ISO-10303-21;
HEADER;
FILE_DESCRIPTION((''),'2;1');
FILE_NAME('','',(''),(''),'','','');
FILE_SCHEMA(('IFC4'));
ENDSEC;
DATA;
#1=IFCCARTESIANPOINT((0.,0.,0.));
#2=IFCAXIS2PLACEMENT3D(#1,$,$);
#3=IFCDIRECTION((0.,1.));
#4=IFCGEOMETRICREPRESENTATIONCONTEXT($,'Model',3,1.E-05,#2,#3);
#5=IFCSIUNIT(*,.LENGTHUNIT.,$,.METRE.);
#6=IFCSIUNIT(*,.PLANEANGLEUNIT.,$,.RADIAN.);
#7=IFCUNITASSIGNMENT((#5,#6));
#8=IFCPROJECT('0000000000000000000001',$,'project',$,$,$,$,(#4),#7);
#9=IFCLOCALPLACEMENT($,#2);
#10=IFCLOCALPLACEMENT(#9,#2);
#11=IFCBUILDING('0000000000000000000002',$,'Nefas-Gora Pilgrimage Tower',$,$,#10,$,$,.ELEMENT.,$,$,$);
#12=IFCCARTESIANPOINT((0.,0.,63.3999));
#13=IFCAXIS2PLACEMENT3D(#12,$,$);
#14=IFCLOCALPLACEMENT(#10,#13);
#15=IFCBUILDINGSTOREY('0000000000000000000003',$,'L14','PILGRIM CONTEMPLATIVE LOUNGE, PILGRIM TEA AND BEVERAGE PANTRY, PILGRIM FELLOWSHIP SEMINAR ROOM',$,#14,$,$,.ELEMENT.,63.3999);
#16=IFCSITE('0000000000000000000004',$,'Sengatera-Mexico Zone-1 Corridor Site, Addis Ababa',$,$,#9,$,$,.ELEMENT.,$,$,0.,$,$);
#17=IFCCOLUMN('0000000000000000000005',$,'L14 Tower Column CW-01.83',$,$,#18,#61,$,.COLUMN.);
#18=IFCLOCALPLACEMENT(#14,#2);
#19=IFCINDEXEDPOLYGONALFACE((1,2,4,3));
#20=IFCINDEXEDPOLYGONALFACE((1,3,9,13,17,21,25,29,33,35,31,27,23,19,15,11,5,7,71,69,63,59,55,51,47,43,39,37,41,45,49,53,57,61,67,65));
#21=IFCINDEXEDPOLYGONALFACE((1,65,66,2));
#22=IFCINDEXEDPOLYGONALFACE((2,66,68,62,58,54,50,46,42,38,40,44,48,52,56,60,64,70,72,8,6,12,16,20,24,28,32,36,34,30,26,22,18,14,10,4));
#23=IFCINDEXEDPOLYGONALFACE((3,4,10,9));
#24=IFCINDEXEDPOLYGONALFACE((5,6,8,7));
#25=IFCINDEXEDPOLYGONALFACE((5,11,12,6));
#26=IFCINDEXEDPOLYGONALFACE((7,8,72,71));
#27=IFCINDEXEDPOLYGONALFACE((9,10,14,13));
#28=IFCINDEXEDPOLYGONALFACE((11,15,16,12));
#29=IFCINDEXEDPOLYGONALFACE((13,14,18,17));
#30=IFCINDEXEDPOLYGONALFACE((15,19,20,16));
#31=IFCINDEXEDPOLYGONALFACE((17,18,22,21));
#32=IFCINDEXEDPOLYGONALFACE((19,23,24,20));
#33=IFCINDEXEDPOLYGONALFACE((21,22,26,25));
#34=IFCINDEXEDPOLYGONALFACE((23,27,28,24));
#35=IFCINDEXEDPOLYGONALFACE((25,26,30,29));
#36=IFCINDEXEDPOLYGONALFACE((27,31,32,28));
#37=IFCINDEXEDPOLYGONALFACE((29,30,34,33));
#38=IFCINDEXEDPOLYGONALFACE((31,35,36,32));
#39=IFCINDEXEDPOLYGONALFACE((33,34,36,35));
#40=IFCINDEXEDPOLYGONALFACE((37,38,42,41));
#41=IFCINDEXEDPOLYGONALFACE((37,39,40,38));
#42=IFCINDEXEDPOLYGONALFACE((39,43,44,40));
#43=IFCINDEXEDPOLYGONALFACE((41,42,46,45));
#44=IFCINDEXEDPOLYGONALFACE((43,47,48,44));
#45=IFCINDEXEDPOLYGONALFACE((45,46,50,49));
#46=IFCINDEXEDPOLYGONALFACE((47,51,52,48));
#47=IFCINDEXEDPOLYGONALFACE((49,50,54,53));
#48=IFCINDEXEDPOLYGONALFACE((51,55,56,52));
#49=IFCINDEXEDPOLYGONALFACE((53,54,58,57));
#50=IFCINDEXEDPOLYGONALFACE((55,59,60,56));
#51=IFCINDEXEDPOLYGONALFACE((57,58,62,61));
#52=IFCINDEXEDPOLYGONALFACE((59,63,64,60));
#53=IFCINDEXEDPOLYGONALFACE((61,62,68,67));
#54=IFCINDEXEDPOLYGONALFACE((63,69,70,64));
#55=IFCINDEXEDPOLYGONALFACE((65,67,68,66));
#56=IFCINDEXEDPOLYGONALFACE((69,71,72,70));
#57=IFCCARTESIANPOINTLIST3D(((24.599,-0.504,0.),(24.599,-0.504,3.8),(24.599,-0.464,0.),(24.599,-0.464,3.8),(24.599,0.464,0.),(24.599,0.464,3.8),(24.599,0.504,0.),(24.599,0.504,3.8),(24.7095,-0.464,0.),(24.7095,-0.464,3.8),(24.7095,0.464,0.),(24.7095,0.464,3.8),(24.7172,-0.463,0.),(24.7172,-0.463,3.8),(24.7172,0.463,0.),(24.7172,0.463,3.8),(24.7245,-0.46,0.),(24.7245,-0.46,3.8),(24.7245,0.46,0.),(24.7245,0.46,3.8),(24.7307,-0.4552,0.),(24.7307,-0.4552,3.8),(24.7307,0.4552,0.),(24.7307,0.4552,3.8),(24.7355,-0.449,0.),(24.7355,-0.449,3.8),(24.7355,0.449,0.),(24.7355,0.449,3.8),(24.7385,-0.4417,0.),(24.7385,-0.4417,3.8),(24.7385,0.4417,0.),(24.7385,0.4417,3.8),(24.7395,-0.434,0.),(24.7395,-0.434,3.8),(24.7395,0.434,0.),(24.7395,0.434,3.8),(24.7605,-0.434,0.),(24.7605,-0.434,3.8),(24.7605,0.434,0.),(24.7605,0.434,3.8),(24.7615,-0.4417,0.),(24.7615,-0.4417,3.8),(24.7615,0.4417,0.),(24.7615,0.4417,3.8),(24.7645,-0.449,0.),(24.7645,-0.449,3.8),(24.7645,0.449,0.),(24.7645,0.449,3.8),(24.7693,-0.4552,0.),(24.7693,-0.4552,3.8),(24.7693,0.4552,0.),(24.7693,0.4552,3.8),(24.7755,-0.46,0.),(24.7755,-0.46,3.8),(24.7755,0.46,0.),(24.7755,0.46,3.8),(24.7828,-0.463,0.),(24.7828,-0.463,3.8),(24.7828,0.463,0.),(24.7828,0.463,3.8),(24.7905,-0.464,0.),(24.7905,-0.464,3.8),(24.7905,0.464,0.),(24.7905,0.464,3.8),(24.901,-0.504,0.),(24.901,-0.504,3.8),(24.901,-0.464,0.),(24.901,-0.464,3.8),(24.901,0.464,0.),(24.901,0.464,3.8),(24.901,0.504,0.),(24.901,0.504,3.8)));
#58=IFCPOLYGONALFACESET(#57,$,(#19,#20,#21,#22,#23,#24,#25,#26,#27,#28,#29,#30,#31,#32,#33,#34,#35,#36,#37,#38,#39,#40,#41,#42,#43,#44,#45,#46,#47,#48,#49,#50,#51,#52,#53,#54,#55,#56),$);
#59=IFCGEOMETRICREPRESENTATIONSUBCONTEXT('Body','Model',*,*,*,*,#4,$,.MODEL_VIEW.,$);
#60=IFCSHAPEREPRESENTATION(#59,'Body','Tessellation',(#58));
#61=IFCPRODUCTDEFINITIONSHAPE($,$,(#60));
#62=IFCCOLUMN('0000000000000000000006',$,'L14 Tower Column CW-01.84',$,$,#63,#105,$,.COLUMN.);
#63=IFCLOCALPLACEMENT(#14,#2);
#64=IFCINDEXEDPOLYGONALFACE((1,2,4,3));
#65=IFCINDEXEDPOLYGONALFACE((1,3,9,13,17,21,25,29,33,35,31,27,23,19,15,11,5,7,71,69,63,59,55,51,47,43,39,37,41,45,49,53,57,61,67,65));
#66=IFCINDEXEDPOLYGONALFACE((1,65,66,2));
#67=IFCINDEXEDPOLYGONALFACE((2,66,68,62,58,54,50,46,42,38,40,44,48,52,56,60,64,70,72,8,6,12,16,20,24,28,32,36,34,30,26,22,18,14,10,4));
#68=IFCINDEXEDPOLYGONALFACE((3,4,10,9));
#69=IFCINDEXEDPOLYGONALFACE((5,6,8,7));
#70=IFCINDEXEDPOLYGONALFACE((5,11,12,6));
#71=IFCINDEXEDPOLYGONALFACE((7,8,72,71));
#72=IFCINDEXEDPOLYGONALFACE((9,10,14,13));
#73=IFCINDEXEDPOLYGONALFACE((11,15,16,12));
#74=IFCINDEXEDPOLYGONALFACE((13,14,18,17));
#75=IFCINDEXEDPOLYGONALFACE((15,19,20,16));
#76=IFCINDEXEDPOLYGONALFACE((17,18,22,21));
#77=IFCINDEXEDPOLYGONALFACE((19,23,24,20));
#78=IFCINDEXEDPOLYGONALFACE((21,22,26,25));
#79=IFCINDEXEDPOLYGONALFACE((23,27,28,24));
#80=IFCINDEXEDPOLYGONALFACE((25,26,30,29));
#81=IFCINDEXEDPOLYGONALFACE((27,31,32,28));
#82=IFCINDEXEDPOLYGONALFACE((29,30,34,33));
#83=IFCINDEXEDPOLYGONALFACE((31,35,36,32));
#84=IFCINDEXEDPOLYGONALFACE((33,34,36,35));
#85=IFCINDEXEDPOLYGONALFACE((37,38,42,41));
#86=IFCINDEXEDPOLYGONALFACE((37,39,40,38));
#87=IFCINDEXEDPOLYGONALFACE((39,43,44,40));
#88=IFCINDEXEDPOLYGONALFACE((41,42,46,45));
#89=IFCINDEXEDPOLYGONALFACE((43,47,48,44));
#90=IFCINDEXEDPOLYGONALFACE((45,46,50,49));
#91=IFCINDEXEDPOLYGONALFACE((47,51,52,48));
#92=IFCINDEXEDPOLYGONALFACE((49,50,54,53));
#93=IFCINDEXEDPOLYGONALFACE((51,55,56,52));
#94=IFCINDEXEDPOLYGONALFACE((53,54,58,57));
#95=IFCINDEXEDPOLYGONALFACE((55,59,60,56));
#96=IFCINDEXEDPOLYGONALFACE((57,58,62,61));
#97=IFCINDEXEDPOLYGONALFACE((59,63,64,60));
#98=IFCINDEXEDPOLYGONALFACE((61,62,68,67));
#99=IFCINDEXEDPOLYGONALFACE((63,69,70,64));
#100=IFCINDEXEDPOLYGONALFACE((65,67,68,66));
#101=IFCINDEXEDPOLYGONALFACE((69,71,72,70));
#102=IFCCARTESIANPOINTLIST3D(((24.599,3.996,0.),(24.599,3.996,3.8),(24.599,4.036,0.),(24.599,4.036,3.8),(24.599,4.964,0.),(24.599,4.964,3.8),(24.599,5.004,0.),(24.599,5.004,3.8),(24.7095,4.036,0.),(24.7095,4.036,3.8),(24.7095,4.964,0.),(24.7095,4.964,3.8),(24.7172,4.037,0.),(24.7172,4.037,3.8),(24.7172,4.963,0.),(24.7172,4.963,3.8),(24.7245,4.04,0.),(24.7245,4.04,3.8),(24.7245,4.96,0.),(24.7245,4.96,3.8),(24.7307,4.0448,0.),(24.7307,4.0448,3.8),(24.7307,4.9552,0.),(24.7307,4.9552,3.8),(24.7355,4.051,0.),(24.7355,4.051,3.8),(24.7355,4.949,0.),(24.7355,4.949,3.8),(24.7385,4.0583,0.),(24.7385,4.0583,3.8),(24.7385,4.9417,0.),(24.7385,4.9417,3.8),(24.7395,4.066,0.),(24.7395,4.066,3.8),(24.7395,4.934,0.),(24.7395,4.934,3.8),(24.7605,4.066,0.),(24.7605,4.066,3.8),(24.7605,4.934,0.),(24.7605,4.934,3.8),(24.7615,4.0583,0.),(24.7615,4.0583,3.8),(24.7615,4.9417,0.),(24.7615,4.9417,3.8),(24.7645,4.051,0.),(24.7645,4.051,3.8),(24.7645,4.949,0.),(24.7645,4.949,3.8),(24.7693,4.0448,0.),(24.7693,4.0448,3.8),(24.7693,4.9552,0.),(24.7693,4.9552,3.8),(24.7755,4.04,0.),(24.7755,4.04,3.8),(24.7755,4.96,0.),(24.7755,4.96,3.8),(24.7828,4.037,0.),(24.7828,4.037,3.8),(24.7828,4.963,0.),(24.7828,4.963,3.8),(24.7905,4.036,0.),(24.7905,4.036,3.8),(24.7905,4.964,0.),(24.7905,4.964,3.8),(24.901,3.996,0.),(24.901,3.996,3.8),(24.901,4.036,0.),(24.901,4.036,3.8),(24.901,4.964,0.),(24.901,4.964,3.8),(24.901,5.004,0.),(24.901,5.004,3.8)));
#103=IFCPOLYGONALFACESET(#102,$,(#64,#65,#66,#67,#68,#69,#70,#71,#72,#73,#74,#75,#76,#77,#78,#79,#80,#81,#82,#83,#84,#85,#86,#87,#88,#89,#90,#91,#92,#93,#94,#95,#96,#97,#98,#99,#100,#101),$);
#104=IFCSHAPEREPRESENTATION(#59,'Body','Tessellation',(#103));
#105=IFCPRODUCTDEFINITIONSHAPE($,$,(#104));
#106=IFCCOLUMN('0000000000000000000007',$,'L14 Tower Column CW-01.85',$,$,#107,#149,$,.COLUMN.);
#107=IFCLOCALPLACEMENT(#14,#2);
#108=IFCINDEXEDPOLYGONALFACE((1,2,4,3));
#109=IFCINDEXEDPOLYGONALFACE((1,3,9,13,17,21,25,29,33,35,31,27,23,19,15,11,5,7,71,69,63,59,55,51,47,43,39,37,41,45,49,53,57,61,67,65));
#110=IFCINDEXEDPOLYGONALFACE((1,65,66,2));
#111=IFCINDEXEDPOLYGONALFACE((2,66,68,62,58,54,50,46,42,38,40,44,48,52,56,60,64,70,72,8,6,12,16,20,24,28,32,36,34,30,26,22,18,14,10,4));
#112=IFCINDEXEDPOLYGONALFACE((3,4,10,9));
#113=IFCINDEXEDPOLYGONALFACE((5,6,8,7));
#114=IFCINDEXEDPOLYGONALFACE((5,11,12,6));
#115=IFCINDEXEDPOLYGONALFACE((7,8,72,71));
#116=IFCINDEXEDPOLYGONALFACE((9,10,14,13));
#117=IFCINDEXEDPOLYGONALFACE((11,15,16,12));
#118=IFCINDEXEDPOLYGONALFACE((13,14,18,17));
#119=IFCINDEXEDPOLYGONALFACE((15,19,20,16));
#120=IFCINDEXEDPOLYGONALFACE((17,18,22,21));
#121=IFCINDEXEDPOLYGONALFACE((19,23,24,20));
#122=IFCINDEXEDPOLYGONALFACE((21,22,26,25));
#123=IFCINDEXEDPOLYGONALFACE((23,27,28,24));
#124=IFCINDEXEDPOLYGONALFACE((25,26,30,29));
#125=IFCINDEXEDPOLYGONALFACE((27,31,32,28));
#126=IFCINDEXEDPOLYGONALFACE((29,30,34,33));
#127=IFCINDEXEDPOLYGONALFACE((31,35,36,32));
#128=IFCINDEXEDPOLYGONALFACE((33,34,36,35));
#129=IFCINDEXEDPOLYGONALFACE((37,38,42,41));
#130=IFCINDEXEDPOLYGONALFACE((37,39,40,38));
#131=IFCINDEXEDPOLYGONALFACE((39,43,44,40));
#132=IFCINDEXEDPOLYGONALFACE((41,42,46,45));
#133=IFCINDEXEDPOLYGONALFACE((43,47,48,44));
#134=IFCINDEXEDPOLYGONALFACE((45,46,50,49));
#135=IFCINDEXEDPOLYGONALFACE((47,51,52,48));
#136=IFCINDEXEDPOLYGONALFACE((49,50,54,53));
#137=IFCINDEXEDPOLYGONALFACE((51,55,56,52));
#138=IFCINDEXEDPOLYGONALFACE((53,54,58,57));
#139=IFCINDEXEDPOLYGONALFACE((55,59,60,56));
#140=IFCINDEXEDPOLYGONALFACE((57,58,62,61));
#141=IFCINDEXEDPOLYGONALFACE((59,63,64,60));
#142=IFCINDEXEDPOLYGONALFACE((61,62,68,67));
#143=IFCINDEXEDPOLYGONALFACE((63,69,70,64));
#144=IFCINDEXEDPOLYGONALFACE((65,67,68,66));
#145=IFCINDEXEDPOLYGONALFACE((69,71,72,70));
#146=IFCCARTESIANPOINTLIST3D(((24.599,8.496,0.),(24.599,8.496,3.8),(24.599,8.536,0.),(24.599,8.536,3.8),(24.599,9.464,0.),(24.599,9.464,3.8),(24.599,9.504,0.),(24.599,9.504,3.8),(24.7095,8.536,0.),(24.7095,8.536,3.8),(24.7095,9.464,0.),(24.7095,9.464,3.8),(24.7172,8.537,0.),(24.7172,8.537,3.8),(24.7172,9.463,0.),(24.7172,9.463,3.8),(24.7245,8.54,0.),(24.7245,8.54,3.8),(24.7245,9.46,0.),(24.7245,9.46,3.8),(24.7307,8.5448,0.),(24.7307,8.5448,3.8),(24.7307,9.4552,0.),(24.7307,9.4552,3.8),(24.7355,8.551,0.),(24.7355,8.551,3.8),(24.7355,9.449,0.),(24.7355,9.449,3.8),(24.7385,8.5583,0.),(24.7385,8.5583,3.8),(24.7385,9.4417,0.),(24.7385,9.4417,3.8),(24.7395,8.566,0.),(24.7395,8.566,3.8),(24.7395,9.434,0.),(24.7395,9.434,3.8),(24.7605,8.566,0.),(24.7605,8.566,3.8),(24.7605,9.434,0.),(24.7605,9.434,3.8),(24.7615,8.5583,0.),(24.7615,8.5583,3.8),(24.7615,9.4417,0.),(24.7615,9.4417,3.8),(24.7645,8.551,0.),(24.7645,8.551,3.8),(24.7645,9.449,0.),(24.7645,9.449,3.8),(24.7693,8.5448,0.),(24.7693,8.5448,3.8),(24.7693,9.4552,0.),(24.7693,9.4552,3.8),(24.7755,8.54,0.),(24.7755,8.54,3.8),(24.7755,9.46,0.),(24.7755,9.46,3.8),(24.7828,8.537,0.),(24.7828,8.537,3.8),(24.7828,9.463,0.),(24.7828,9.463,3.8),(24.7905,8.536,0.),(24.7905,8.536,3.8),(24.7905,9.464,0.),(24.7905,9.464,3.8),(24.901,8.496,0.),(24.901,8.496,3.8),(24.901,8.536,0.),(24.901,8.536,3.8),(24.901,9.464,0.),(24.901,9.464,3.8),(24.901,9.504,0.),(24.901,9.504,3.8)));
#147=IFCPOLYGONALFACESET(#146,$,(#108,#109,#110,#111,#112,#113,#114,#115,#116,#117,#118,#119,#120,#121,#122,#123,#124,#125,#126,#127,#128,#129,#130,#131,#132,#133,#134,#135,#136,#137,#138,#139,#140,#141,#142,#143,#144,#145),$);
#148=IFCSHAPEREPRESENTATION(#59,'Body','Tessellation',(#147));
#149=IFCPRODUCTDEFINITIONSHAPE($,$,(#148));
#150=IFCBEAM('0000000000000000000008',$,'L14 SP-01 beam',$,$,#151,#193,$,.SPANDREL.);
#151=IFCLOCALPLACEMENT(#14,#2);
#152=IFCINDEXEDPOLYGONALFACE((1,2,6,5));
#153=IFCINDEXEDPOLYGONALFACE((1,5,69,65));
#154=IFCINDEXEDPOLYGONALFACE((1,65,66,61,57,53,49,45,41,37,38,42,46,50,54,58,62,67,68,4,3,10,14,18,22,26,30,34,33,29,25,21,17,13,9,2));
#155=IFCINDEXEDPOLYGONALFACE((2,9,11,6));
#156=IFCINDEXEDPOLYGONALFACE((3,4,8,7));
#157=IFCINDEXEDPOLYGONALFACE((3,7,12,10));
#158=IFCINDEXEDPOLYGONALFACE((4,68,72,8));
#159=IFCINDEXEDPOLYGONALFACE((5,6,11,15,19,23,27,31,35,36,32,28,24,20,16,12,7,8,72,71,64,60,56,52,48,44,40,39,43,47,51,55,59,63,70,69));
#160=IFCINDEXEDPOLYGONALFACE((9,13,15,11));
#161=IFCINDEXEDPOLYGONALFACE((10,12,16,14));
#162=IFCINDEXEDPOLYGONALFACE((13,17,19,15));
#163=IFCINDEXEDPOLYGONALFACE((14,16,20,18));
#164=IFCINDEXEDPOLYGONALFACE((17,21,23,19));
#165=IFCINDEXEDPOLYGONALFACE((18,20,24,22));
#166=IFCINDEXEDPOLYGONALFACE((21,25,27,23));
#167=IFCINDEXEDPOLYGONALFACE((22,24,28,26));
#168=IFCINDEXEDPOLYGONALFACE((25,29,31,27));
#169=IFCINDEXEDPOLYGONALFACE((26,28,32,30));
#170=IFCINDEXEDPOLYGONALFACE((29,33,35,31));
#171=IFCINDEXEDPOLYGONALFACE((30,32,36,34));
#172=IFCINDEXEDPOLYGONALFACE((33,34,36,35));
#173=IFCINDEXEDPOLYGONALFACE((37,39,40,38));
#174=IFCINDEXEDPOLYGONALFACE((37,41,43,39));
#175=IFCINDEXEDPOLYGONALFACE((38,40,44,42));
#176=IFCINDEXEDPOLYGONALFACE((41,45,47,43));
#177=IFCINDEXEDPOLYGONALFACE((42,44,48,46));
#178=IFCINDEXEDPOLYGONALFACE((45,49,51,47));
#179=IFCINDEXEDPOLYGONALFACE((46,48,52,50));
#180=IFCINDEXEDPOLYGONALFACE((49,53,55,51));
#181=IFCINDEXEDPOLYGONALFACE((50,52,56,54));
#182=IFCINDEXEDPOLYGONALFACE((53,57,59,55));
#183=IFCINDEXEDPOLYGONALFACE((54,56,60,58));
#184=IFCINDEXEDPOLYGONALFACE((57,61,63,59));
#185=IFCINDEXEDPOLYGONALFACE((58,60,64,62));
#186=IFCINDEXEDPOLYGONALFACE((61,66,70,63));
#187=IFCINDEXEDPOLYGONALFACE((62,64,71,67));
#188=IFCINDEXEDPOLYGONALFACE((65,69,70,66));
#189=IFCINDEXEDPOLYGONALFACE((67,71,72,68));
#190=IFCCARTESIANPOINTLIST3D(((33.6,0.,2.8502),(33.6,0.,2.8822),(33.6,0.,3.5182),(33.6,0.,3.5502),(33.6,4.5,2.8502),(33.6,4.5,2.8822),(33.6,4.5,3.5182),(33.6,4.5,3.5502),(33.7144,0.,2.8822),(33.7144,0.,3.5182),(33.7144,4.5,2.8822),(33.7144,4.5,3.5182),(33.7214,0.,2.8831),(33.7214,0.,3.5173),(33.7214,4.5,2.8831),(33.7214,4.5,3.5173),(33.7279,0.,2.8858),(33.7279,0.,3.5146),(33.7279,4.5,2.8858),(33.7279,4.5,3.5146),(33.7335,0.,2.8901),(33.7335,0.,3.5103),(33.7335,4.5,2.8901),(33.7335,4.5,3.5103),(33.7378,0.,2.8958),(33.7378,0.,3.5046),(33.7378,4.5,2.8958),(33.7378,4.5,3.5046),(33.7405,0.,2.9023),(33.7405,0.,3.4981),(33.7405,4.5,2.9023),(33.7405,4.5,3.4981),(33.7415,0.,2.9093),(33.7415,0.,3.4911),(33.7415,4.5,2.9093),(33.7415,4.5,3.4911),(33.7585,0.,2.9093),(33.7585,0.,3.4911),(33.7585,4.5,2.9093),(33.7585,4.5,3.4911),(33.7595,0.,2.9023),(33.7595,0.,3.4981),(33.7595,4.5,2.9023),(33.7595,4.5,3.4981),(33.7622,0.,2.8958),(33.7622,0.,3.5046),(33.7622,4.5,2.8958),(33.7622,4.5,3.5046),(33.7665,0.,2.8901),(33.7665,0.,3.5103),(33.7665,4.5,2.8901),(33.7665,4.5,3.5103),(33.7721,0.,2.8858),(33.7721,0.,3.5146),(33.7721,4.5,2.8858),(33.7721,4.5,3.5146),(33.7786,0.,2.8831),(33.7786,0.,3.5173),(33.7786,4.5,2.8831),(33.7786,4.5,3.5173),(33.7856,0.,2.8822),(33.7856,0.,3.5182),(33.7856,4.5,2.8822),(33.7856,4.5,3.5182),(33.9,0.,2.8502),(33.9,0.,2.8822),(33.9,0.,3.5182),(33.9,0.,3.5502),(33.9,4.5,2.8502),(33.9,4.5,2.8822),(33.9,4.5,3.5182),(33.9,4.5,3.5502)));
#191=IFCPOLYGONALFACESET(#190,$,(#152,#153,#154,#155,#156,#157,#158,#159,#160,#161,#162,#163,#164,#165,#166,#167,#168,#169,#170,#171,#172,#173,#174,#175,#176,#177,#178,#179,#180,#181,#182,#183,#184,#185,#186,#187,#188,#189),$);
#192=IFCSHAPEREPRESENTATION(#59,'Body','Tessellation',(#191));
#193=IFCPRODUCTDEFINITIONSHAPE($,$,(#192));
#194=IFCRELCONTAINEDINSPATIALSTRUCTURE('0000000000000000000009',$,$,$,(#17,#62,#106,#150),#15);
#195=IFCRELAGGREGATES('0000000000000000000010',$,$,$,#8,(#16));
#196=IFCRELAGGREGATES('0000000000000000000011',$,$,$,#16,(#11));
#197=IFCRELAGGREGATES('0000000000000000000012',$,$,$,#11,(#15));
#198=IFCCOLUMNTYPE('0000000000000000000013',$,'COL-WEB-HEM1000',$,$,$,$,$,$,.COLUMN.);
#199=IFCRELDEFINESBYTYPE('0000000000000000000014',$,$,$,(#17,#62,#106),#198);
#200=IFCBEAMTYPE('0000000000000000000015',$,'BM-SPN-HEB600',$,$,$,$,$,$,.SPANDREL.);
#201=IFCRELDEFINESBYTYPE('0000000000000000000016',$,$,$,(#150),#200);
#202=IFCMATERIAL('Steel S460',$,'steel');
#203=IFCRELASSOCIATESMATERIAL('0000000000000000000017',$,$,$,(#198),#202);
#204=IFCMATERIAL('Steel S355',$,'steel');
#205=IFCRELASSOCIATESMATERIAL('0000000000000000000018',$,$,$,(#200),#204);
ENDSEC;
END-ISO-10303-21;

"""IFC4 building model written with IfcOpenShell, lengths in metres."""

from ifc_helpers import new_model, si_unit, direction, frame, origin, origin_2d, place, context, subcontext, project, spatial, i_section, extrude, source, transform, mapped, material, material_profile, profile_set, type_object, element, save


model = new_model("IFC4")

# Units and contexts
model_context = context("Model", 3, precision=1e-05, world=origin(), true_north=direction((0.0, 1.0)))
body_context = subcontext(model_context, "Body", "Model", "MODEL_VIEW")
ifc_project = project(units=[si_unit("LENGTHUNIT", "METRE"), si_unit("PLANEANGLEUNIT", "RADIAN")], contexts=[model_context])

# Site, building, storey
site_placement = place(None, origin())
site = spatial("IfcSite", under=ifc_project, at=site_placement, Name="Sengatera-Mexico Zone-1 Corridor Site, Addis Ababa", CompositionType="ELEMENT", RefElevation=0.0)
building_placement = place(site_placement, origin())
building = spatial("IfcBuilding", under=site, at=building_placement, Name="Nefas-Gora Pilgrimage Tower", CompositionType="ELEMENT")
storey_placement = place(building_placement, frame((0.0, 0.0, 63.3999)))
storey = spatial("IfcBuildingStorey", under=building, at=storey_placement, Name="L14", Description="PILGRIM CONTEMPLATIVE LOUNGE, PILGRIM TEA AND BEVERAGE PANTRY, PILGRIM FELLOWSHIP SEMINAR ROOM", CompositionType="ELEMENT", Elevation=63.3999)

# Columns
ifc_material_1 = material(Name="Steel S460", Category="steel")
ifc_material_profile_1 = material_profile(ifc_material_1, i_section(OverallWidth=0.302, OverallDepth=1.0081, WebThickness=0.021, FlangeThickness=0.04, FilletRadius=0.03, at=origin_2d()), Name="HEM 1000")
ifc_profile_set_1 = profile_set([ifc_material_profile_1], Name="Steel S460")
column_type_1 = type_object("IfcColumnType", Name="COL-WEB-HEM1000", PredefinedType="COLUMN", material=ifc_profile_set_1)
shared_shape_1 = source(origin(), body_context, "Body", "SweptSolid", [
    extrude(i_section(OverallWidth=0.302, OverallDepth=1.0081, WebThickness=0.021, FlangeThickness=0.04, FilletRadius=0.03, at=origin_2d()), origin(), (0.0, 0.0, 1.0), 3.8),
])
for number, where, z_axis, x_axis, name in (
    (1, (24.75, 0.0, 0.0), (0.0, 0.0, 1.0), (1.0, 0.0, 0.0), "L14 Tower Column CW-01.83"),
    (2, (24.75, 4.5, 0.0), (0.0, 0.0, 1.0), (1.0, 0.0, 0.0), "L14 Tower Column CW-01.84"),
    (3, (24.75, 9.0, 0.0), (0.0, 0.0, 1.0), (1.0, 0.0, 0.0), "L14 Tower Column CW-01.85"),
):
    element("IfcColumn", number, at=place(storey_placement, frame(where, z_axis=z_axis, x_axis=x_axis)), inside=storey, type_object=column_type_1, Name=name, PredefinedType="COLUMN", context=body_context, shape_type="MappedRepresentation", body=[
        mapped(shared_shape_1, transform((0.0, 0.0, 0.0), x_axis=(1.0, 0.0, 0.0), y_axis=(0.0, 1.0, 0.0), z_axis=(0.0, 0.0, 1.0), scale=1.0)),
    ])

# Beam
ifc_material_2 = material(Name="Steel S355", Category="steel")
ifc_material_profile_2 = material_profile(ifc_material_2, i_section(OverallWidth=0.3, OverallDepth=0.7, WebThickness=0.0171, FlangeThickness=0.032, FilletRadius=0.0271, at=origin_2d()), Name="HEB 700")
ifc_profile_set_2 = profile_set([ifc_material_profile_2], Name="Steel S355")
beam_type_1 = type_object("IfcBeamType", Name="BM-SPN-HEB600", PredefinedType="SPANDREL", material=ifc_profile_set_2)
shared_shape_2 = source(origin(), body_context, "Body", "SweptSolid", [
    extrude(i_section(OverallWidth=0.3, OverallDepth=0.7, WebThickness=0.0171, FlangeThickness=0.032, FilletRadius=0.0271, at=origin_2d()), origin(), (0.0, 0.0, 1.0), 4.5),
])
for number, where, z_axis, x_axis, name in (
    (4, (33.75, 0.0, 3.2002), (0.0, 1.0, 0.0), (-1.0, 0.0, 0.0), "L14 SP-01 beam"),
):
    element("IfcBeam", number, at=place(storey_placement, frame(where, z_axis=z_axis, x_axis=x_axis)), inside=storey, type_object=beam_type_1, Name=name, PredefinedType="SPANDREL", context=body_context, shape_type="MappedRepresentation", body=[
        mapped(shared_shape_2, transform((0.0, 0.0, 0.0), x_axis=(1.0, 0.0, 0.0), y_axis=(0.0, 1.0, 0.0), z_axis=(0.0, 0.0, 1.0), scale=1.0)),
    ])

save(model, "model.ifc")
